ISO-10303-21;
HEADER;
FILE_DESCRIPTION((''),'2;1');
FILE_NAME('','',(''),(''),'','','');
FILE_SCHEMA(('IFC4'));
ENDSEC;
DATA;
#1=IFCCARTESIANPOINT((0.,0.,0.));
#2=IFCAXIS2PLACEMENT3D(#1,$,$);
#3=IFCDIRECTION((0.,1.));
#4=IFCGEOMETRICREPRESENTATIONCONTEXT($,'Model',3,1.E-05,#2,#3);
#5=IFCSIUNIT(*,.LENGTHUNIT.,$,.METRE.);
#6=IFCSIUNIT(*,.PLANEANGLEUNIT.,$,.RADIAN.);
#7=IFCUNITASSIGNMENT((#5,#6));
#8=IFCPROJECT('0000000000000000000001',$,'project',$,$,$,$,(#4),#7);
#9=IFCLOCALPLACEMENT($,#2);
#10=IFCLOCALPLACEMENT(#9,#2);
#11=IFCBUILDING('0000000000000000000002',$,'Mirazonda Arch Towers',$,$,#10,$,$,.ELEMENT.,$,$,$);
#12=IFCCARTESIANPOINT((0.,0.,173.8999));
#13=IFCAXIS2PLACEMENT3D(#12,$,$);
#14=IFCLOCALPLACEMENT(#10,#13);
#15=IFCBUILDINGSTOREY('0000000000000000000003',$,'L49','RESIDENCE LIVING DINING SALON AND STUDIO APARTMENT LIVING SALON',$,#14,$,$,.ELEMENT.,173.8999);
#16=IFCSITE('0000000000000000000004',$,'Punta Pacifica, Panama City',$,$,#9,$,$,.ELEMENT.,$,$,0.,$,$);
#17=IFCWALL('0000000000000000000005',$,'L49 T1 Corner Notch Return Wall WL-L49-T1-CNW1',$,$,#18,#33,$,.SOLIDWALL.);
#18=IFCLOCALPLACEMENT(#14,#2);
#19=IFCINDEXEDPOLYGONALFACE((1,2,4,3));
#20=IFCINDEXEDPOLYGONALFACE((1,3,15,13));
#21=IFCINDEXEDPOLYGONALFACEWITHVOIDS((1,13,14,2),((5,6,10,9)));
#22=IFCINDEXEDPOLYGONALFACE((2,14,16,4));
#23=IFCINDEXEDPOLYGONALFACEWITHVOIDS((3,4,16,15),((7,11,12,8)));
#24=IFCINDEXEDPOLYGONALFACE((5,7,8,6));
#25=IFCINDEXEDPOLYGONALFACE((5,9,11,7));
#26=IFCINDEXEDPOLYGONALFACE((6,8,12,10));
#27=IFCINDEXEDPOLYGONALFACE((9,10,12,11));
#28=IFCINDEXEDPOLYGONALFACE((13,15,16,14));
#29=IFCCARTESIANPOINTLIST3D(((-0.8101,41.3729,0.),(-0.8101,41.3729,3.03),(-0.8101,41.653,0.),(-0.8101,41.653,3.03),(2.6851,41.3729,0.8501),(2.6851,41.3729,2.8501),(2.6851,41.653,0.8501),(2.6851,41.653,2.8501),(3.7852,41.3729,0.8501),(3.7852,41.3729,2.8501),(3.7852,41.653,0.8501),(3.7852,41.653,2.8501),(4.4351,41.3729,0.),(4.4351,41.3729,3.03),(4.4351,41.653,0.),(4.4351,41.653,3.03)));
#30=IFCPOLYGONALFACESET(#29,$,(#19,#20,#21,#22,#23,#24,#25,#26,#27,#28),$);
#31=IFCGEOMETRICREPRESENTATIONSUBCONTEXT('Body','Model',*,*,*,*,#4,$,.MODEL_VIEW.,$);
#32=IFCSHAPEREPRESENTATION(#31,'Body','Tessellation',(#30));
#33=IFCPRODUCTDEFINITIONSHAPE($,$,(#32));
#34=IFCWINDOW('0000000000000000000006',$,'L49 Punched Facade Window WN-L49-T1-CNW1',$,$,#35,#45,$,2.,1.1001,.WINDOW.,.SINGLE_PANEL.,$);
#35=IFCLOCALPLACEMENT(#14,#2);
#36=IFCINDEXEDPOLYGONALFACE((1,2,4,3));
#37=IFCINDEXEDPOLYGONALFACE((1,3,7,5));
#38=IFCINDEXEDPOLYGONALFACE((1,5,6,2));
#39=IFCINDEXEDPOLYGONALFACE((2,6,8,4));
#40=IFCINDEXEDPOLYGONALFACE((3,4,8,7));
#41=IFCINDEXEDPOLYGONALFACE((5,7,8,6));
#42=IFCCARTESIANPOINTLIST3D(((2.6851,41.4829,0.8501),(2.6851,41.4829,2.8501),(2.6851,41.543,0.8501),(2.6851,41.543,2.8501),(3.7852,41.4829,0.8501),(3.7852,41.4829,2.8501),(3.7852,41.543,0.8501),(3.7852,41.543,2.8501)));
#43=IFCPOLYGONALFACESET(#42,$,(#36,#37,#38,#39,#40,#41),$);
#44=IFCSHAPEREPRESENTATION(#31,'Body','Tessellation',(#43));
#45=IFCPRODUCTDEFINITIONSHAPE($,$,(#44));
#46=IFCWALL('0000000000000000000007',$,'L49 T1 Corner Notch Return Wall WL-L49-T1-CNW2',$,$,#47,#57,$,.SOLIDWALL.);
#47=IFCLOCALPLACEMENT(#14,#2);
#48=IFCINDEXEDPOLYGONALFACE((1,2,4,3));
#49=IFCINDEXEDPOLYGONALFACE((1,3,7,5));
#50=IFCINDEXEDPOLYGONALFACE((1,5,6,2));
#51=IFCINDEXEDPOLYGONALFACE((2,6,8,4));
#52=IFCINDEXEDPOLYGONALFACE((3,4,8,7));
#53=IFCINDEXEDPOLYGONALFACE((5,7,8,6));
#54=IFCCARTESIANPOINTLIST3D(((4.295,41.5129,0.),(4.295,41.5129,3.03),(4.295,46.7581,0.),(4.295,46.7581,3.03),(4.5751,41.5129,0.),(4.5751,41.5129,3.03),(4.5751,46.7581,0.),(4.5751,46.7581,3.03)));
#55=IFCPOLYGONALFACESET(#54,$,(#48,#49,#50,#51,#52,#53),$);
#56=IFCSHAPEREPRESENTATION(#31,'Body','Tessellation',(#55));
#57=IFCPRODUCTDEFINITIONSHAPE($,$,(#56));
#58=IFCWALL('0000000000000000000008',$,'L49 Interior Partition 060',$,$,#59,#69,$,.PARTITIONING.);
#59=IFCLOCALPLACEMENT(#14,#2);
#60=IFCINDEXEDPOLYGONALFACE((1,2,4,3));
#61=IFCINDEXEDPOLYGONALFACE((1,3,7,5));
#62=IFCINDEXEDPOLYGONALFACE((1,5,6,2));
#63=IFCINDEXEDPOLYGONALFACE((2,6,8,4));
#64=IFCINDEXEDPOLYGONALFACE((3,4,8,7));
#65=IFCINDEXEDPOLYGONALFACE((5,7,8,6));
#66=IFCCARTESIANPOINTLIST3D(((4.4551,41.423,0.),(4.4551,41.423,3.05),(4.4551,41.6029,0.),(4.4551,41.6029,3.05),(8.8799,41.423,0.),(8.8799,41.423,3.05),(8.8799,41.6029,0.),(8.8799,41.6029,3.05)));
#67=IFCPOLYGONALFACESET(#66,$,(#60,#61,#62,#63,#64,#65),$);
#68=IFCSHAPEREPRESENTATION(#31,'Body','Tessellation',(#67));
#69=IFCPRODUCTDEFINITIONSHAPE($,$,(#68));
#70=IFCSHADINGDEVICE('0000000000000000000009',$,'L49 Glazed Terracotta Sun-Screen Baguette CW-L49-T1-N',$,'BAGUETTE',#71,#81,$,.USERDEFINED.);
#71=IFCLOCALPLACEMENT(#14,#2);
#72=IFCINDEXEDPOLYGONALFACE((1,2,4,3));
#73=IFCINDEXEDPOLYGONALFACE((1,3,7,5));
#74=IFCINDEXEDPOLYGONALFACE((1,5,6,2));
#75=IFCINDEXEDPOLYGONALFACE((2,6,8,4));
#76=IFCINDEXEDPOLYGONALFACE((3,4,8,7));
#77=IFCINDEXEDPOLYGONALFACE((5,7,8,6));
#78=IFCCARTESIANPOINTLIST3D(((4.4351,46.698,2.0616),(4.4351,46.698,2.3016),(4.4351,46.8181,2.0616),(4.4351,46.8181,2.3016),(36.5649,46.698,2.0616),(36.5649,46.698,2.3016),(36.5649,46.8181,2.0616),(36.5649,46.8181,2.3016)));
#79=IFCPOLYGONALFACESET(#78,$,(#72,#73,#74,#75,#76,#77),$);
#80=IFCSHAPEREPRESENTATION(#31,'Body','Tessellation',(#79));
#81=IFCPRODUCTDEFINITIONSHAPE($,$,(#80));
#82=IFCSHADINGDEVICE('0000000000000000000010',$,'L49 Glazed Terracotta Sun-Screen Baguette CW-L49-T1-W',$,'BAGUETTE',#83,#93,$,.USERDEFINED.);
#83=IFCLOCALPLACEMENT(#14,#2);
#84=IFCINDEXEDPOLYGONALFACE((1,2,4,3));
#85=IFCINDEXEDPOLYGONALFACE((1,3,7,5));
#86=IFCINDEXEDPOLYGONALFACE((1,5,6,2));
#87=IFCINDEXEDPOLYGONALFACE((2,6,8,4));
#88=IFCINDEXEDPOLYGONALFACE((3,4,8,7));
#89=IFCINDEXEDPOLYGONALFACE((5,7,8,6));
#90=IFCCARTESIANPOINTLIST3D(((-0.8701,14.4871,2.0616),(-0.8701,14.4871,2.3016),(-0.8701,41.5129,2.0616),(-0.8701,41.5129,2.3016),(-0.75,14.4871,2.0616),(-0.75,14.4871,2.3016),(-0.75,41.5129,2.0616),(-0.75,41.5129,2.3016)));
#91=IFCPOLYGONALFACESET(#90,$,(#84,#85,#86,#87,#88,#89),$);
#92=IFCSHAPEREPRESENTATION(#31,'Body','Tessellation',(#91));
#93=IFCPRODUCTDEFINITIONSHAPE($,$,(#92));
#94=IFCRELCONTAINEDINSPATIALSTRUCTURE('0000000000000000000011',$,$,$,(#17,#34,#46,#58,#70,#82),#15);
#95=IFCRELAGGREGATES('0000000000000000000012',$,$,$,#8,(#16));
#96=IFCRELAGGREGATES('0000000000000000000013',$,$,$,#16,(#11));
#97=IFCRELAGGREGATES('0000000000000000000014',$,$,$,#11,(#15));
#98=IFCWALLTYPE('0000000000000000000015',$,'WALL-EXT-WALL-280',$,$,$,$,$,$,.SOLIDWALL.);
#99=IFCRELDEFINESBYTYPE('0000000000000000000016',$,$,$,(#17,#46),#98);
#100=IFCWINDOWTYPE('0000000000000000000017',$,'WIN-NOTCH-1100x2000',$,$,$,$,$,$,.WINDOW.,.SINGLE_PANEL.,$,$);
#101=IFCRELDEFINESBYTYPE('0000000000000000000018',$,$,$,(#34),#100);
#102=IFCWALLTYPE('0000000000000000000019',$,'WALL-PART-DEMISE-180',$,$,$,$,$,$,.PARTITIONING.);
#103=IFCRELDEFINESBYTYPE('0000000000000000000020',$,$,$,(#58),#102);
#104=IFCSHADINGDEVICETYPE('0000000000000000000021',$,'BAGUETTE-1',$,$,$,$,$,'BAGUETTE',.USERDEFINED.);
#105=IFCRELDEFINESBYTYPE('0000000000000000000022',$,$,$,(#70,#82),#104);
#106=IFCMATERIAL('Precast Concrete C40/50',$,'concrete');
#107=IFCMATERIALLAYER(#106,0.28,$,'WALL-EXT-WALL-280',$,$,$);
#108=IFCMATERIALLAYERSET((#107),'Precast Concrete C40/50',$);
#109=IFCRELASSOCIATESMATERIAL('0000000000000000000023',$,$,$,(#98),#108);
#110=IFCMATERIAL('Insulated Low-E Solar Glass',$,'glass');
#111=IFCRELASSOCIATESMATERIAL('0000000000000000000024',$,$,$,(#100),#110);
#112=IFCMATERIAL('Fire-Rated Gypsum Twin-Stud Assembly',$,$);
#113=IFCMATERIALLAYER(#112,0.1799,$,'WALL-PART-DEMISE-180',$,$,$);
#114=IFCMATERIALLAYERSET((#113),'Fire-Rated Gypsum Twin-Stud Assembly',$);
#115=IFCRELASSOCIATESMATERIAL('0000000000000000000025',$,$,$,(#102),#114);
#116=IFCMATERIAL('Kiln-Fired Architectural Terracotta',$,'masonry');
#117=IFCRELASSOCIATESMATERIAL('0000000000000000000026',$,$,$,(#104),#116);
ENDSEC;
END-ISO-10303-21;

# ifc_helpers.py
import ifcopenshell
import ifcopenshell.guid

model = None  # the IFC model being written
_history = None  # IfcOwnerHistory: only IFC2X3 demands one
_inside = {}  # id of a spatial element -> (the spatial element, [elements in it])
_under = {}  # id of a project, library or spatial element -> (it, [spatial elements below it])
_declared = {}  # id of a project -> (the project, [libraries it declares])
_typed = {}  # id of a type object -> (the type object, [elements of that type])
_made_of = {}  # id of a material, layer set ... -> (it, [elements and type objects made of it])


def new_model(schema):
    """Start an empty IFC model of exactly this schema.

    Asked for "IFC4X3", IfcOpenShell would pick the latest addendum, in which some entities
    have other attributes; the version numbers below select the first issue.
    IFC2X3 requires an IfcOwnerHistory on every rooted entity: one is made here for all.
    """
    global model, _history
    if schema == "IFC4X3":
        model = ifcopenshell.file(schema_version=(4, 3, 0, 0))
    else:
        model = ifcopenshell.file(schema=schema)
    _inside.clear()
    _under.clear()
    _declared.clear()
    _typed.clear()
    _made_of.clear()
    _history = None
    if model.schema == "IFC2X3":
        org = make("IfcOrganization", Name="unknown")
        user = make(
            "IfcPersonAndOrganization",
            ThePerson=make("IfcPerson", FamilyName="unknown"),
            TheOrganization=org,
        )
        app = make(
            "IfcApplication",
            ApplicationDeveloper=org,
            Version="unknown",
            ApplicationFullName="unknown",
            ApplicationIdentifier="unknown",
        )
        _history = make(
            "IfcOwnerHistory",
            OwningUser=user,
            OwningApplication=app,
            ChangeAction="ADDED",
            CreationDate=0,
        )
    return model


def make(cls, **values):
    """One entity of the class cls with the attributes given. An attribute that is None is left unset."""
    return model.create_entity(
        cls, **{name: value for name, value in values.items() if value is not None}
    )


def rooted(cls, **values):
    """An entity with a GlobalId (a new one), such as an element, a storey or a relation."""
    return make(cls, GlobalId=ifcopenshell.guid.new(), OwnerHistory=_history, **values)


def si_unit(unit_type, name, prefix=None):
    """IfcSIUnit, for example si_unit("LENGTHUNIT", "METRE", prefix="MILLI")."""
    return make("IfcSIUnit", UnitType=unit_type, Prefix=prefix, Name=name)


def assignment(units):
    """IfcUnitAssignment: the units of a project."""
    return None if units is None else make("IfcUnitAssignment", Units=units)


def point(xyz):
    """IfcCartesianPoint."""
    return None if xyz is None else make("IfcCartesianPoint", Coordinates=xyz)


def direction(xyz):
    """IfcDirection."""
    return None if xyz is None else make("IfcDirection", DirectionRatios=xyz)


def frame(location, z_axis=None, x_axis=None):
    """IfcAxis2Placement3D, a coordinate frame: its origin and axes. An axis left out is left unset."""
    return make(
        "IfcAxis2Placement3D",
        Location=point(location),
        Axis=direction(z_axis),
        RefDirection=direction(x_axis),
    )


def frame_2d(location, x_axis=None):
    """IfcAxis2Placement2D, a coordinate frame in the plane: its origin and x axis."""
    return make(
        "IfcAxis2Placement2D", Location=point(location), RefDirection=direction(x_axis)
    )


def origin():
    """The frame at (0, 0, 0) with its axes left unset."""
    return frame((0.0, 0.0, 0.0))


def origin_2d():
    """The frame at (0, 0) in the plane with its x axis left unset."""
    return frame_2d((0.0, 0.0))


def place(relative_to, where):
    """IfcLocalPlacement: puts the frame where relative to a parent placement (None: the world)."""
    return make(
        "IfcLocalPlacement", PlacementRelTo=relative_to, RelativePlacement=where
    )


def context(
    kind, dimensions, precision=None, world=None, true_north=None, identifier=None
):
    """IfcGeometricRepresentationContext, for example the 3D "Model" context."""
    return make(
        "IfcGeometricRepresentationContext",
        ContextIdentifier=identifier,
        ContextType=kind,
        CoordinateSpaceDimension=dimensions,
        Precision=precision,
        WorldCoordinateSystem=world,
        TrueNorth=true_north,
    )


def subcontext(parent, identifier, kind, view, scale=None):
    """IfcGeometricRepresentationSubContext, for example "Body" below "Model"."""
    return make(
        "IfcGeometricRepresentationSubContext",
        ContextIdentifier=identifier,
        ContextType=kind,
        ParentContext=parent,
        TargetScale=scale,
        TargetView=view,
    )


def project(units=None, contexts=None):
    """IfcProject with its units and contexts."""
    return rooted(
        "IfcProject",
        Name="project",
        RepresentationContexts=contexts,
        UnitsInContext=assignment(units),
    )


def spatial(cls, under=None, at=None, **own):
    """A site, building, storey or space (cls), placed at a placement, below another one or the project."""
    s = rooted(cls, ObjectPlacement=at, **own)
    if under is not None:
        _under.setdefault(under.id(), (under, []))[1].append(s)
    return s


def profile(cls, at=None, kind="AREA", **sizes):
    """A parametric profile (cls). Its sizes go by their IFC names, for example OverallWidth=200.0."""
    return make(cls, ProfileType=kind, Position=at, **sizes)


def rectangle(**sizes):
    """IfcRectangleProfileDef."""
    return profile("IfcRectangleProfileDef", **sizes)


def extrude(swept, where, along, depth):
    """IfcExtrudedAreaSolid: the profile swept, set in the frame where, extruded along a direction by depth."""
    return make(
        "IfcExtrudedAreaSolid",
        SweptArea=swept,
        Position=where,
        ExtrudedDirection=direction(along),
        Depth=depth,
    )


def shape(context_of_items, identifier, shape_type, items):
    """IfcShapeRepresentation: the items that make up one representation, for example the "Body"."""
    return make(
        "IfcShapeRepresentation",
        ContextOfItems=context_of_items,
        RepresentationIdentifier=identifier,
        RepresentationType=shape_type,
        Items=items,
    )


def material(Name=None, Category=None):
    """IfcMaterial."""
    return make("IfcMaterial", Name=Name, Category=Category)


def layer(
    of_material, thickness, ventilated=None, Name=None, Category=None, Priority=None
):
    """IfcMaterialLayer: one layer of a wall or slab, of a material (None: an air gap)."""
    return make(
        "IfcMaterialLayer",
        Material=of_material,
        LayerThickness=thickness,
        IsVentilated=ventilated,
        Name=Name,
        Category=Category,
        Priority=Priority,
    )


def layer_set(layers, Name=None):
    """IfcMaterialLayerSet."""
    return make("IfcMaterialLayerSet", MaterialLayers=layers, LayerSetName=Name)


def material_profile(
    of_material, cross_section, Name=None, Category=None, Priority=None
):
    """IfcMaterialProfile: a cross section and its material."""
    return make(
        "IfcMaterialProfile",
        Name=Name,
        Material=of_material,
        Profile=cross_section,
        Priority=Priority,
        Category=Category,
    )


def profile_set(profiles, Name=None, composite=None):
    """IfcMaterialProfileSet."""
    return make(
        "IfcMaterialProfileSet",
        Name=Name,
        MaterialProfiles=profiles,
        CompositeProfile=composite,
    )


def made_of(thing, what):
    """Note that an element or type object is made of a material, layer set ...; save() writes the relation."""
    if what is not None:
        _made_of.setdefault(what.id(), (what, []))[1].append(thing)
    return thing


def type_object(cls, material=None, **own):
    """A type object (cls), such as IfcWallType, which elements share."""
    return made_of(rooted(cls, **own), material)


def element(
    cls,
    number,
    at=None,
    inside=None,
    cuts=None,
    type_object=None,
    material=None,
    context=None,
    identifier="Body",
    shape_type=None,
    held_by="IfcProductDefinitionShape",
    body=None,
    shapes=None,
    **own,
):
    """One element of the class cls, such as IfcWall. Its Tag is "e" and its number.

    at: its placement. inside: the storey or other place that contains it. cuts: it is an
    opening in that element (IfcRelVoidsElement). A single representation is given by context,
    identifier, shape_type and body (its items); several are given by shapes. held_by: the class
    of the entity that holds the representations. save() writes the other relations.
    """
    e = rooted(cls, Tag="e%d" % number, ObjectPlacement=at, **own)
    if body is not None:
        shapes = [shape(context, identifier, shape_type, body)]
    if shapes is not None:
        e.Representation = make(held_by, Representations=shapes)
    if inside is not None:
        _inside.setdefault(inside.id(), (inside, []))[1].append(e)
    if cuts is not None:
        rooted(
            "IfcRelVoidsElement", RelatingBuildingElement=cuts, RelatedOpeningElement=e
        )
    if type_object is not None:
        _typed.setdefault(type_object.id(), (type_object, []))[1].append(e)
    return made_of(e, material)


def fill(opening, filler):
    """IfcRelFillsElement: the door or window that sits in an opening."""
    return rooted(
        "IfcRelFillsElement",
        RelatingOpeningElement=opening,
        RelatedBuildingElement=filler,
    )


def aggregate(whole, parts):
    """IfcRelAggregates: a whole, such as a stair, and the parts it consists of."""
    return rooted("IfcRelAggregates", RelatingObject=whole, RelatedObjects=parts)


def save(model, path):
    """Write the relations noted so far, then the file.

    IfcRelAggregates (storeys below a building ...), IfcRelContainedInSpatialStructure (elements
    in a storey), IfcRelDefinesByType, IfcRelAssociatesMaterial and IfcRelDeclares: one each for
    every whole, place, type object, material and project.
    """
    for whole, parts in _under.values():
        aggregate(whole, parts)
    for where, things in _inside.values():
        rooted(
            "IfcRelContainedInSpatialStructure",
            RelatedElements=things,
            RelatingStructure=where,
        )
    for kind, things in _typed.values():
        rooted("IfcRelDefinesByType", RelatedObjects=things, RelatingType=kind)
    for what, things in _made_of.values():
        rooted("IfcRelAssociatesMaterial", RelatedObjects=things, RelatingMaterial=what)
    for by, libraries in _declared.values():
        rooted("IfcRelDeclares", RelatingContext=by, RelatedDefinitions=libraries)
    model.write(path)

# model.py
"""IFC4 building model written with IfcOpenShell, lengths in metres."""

from ifc_helpers import new_model, si_unit, direction, frame, frame_2d, origin, origin_2d, place, context, subcontext, project, spatial, rectangle, extrude, material, layer, layer_set, material_profile, profile_set, type_object, element, fill, save


model = new_model("IFC4")

# Units and contexts
model_context = context("Model", 3, precision=1e-05, world=origin(), true_north=direction((0.0, 1.0)))
body_context = subcontext(model_context, "Body", "Model", "MODEL_VIEW")
ifc_project = project(units=[si_unit("LENGTHUNIT", "METRE"), si_unit("PLANEANGLEUNIT", "RADIAN")], contexts=[model_context])

# Site, building, storey
site_placement = place(None, origin())
site = spatial("IfcSite", under=ifc_project, at=site_placement, Name="Punta Pacifica, Panama City", CompositionType="ELEMENT", RefElevation=0.0)
building_placement = place(site_placement, origin())
building = spatial("IfcBuilding", under=site, at=building_placement, Name="Mirazonda Arch Towers", CompositionType="ELEMENT")
storey_placement = place(building_placement, frame((0.0, 0.0, 173.8999)))
storey = spatial("IfcBuildingStorey", under=building, at=storey_placement, Name="L49", Description="RESIDENCE LIVING DINING SALON AND STUDIO APARTMENT LIVING SALON", CompositionType="ELEMENT", Elevation=173.8999)

# Shared definitions
ifc_material_1 = material(Name="Insulated Low-E Solar Glass", Category="glass")

# Wall, opening, window
ifc_material_2 = material(Name="Precast Concrete C40/50", Category="concrete")
ifc_layer_1 = layer(ifc_material_2, 0.28, Name="WALL-EXT-WALL-280")
ifc_layer_set_1 = layer_set([ifc_layer_1], Name="Precast Concrete C40/50")
wall_type_1 = type_object("IfcWallType", Name="WALL-EXT-WALL-280", PredefinedType="SOLIDWALL", material=ifc_layer_set_1)
wall_1_placement = place(storey_placement, frame((4.4351, 41.5129, 0.0), z_axis=(0.0, 0.0, 1.0), x_axis=(-1.0, 0.0, 0.0)))
wall_1 = element("IfcWall", 1, at=wall_1_placement, inside=storey, type_object=wall_type_1, Name="L49 T1 Corner Notch Return Wall WL-L49-T1-CNW1", PredefinedType="SOLIDWALL", context=body_context, shape_type="SweptSolid", body=[
    extrude(rectangle(XDim=5.2451, YDim=0.28, at=frame_2d((2.6226, 0.0))), origin(), (0.0, 0.0, 1.0), 3.03),
])
opening_placement = place(wall_1_placement, frame((0.6499, 0.0, 0.8501)))
opening = element("IfcOpeningElement", 2, at=opening_placement, cuts=wall_1, PredefinedType="OPENING", context=body_context, shape_type="SweptSolid", body=[
    extrude(rectangle(XDim=1.1001, YDim=2.0, at=frame_2d((0.55, 1.0))), frame((0.0, 0.1499, 0.0), z_axis=(0.0, -1.0, 0.0), x_axis=(1.0, 0.0, 0.0)), (0.0, 0.0, 1.0), 0.3),
])
window_type = type_object("IfcWindowType", Name="WIN-NOTCH-1100x2000", PartitioningType="SINGLE_PANEL", PredefinedType="WINDOW", material=ifc_material_1)
window_placement = place(opening_placement, origin())
window = element("IfcWindow", 3, at=window_placement, inside=storey, type_object=window_type, Name="L49 Punched Facade Window WN-L49-T1-CNW1", OverallHeight=2.0, OverallWidth=1.1001, PartitioningType="SINGLE_PANEL", PredefinedType="WINDOW", context=body_context, shape_type="SweptSolid", body=[
    extrude(rectangle(XDim=1.1001, YDim=2.0, at=frame_2d((0.55, 1.0))), frame((0.0, 0.03, 0.0), z_axis=(0.0, -1.0, 0.0), x_axis=(1.0, 0.0, 0.0)), (0.0, 0.0, 1.0), 0.0601),
])
fill(opening, window)

# Walls
wall_2_placement = place(storey_placement, frame((4.4351, 46.7581, 0.0), z_axis=(0.0, 0.0, 1.0), x_axis=(0.0, -1.0, 0.0)))
element("IfcWall", 4, at=wall_2_placement, inside=storey, type_object=wall_type_1, Name="L49 T1 Corner Notch Return Wall WL-L49-T1-CNW2", PredefinedType="SOLIDWALL", context=body_context, shape_type="SweptSolid", body=[
    extrude(rectangle(XDim=5.2451, YDim=0.28, at=frame_2d((2.6226, 0.0))), origin(), (0.0, 0.0, 1.0), 3.03),
])
ifc_material_3 = material(Name="Fire-Rated Gypsum Twin-Stud Assembly")
ifc_layer_2 = layer(ifc_material_3, 0.1799, Name="WALL-PART-DEMISE-180")
ifc_layer_set_2 = layer_set([ifc_layer_2], Name="Fire-Rated Gypsum Twin-Stud Assembly")
wall_type_2 = type_object("IfcWallType", Name="WALL-PART-DEMISE-180", PredefinedType="PARTITIONING", material=ifc_layer_set_2)
wall_3_placement = place(storey_placement, frame((4.4551, 41.5129, 0.0), z_axis=(0.0, 0.0, 1.0), x_axis=(1.0, 0.0, 0.0)))
element("IfcWall", 5, at=wall_3_placement, inside=storey, type_object=wall_type_2, Name="L49 Interior Partition 060", PredefinedType="PARTITIONING", context=body_context, shape_type="SweptSolid", body=[
    extrude(rectangle(XDim=4.4248, YDim=0.1799, at=frame_2d((2.2124, 0.0))), origin(), (0.0, 0.0, 1.0), 3.05),
])

# Shading devices
ifc_material_4 = material(Name="Kiln-Fired Architectural Terracotta", Category="masonry")
ifc_material_profile_1 = material_profile(ifc_material_4, rectangle(XDim=0.1201, YDim=0.24, at=origin_2d()), Name="TERRA-BAG-120x240")
ifc_profile_set_1 = profile_set([ifc_material_profile_1], Name="Kiln-Fired Architectural Terracotta")
shading_device_type = type_object("IfcShadingDeviceType", Name="BAGUETTE-1", ElementType="BAGUETTE", PredefinedType="USERDEFINED", material=ifc_profile_set_1)
shading_device_1_placement = place(storey_placement, frame((4.4351, 46.7581, 2.1816), z_axis=(1.0, 0.0, 0.0), x_axis=(0.0, 1.0, 0.0)))
element("IfcShadingDevice", 6, at=shading_device_1_placement, inside=storey, type_object=shading_device_type, Name="L49 Glazed Terracotta Sun-Screen Baguette CW-L49-T1-N", ObjectType="BAGUETTE", PredefinedType="USERDEFINED", context=body_context, shape_type="SweptSolid", body=[
    extrude(rectangle(XDim=0.1201, YDim=0.24, at=origin_2d()), origin(), (0.0, 0.0, 1.0), 32.1299),
])
shading_device_2_placement = place(storey_placement, frame((-0.8101, 41.5129, 2.1816), z_axis=(0.0, -1.0, 0.0), x_axis=(1.0, 0.0, 0.0)))
element("IfcShadingDevice", 7, at=shading_device_2_placement, inside=storey, type_object=shading_device_type, Name="L49 Glazed Terracotta Sun-Screen Baguette CW-L49-T1-W", ObjectType="BAGUETTE", PredefinedType="USERDEFINED", context=body_context, shape_type="SweptSolid", body=[
    extrude(rectangle(XDim=0.1201, YDim=0.24, at=origin_2d()), origin(), (0.0, 0.0, 1.0), 27.0259),
])

save(model, "model.ifc")
